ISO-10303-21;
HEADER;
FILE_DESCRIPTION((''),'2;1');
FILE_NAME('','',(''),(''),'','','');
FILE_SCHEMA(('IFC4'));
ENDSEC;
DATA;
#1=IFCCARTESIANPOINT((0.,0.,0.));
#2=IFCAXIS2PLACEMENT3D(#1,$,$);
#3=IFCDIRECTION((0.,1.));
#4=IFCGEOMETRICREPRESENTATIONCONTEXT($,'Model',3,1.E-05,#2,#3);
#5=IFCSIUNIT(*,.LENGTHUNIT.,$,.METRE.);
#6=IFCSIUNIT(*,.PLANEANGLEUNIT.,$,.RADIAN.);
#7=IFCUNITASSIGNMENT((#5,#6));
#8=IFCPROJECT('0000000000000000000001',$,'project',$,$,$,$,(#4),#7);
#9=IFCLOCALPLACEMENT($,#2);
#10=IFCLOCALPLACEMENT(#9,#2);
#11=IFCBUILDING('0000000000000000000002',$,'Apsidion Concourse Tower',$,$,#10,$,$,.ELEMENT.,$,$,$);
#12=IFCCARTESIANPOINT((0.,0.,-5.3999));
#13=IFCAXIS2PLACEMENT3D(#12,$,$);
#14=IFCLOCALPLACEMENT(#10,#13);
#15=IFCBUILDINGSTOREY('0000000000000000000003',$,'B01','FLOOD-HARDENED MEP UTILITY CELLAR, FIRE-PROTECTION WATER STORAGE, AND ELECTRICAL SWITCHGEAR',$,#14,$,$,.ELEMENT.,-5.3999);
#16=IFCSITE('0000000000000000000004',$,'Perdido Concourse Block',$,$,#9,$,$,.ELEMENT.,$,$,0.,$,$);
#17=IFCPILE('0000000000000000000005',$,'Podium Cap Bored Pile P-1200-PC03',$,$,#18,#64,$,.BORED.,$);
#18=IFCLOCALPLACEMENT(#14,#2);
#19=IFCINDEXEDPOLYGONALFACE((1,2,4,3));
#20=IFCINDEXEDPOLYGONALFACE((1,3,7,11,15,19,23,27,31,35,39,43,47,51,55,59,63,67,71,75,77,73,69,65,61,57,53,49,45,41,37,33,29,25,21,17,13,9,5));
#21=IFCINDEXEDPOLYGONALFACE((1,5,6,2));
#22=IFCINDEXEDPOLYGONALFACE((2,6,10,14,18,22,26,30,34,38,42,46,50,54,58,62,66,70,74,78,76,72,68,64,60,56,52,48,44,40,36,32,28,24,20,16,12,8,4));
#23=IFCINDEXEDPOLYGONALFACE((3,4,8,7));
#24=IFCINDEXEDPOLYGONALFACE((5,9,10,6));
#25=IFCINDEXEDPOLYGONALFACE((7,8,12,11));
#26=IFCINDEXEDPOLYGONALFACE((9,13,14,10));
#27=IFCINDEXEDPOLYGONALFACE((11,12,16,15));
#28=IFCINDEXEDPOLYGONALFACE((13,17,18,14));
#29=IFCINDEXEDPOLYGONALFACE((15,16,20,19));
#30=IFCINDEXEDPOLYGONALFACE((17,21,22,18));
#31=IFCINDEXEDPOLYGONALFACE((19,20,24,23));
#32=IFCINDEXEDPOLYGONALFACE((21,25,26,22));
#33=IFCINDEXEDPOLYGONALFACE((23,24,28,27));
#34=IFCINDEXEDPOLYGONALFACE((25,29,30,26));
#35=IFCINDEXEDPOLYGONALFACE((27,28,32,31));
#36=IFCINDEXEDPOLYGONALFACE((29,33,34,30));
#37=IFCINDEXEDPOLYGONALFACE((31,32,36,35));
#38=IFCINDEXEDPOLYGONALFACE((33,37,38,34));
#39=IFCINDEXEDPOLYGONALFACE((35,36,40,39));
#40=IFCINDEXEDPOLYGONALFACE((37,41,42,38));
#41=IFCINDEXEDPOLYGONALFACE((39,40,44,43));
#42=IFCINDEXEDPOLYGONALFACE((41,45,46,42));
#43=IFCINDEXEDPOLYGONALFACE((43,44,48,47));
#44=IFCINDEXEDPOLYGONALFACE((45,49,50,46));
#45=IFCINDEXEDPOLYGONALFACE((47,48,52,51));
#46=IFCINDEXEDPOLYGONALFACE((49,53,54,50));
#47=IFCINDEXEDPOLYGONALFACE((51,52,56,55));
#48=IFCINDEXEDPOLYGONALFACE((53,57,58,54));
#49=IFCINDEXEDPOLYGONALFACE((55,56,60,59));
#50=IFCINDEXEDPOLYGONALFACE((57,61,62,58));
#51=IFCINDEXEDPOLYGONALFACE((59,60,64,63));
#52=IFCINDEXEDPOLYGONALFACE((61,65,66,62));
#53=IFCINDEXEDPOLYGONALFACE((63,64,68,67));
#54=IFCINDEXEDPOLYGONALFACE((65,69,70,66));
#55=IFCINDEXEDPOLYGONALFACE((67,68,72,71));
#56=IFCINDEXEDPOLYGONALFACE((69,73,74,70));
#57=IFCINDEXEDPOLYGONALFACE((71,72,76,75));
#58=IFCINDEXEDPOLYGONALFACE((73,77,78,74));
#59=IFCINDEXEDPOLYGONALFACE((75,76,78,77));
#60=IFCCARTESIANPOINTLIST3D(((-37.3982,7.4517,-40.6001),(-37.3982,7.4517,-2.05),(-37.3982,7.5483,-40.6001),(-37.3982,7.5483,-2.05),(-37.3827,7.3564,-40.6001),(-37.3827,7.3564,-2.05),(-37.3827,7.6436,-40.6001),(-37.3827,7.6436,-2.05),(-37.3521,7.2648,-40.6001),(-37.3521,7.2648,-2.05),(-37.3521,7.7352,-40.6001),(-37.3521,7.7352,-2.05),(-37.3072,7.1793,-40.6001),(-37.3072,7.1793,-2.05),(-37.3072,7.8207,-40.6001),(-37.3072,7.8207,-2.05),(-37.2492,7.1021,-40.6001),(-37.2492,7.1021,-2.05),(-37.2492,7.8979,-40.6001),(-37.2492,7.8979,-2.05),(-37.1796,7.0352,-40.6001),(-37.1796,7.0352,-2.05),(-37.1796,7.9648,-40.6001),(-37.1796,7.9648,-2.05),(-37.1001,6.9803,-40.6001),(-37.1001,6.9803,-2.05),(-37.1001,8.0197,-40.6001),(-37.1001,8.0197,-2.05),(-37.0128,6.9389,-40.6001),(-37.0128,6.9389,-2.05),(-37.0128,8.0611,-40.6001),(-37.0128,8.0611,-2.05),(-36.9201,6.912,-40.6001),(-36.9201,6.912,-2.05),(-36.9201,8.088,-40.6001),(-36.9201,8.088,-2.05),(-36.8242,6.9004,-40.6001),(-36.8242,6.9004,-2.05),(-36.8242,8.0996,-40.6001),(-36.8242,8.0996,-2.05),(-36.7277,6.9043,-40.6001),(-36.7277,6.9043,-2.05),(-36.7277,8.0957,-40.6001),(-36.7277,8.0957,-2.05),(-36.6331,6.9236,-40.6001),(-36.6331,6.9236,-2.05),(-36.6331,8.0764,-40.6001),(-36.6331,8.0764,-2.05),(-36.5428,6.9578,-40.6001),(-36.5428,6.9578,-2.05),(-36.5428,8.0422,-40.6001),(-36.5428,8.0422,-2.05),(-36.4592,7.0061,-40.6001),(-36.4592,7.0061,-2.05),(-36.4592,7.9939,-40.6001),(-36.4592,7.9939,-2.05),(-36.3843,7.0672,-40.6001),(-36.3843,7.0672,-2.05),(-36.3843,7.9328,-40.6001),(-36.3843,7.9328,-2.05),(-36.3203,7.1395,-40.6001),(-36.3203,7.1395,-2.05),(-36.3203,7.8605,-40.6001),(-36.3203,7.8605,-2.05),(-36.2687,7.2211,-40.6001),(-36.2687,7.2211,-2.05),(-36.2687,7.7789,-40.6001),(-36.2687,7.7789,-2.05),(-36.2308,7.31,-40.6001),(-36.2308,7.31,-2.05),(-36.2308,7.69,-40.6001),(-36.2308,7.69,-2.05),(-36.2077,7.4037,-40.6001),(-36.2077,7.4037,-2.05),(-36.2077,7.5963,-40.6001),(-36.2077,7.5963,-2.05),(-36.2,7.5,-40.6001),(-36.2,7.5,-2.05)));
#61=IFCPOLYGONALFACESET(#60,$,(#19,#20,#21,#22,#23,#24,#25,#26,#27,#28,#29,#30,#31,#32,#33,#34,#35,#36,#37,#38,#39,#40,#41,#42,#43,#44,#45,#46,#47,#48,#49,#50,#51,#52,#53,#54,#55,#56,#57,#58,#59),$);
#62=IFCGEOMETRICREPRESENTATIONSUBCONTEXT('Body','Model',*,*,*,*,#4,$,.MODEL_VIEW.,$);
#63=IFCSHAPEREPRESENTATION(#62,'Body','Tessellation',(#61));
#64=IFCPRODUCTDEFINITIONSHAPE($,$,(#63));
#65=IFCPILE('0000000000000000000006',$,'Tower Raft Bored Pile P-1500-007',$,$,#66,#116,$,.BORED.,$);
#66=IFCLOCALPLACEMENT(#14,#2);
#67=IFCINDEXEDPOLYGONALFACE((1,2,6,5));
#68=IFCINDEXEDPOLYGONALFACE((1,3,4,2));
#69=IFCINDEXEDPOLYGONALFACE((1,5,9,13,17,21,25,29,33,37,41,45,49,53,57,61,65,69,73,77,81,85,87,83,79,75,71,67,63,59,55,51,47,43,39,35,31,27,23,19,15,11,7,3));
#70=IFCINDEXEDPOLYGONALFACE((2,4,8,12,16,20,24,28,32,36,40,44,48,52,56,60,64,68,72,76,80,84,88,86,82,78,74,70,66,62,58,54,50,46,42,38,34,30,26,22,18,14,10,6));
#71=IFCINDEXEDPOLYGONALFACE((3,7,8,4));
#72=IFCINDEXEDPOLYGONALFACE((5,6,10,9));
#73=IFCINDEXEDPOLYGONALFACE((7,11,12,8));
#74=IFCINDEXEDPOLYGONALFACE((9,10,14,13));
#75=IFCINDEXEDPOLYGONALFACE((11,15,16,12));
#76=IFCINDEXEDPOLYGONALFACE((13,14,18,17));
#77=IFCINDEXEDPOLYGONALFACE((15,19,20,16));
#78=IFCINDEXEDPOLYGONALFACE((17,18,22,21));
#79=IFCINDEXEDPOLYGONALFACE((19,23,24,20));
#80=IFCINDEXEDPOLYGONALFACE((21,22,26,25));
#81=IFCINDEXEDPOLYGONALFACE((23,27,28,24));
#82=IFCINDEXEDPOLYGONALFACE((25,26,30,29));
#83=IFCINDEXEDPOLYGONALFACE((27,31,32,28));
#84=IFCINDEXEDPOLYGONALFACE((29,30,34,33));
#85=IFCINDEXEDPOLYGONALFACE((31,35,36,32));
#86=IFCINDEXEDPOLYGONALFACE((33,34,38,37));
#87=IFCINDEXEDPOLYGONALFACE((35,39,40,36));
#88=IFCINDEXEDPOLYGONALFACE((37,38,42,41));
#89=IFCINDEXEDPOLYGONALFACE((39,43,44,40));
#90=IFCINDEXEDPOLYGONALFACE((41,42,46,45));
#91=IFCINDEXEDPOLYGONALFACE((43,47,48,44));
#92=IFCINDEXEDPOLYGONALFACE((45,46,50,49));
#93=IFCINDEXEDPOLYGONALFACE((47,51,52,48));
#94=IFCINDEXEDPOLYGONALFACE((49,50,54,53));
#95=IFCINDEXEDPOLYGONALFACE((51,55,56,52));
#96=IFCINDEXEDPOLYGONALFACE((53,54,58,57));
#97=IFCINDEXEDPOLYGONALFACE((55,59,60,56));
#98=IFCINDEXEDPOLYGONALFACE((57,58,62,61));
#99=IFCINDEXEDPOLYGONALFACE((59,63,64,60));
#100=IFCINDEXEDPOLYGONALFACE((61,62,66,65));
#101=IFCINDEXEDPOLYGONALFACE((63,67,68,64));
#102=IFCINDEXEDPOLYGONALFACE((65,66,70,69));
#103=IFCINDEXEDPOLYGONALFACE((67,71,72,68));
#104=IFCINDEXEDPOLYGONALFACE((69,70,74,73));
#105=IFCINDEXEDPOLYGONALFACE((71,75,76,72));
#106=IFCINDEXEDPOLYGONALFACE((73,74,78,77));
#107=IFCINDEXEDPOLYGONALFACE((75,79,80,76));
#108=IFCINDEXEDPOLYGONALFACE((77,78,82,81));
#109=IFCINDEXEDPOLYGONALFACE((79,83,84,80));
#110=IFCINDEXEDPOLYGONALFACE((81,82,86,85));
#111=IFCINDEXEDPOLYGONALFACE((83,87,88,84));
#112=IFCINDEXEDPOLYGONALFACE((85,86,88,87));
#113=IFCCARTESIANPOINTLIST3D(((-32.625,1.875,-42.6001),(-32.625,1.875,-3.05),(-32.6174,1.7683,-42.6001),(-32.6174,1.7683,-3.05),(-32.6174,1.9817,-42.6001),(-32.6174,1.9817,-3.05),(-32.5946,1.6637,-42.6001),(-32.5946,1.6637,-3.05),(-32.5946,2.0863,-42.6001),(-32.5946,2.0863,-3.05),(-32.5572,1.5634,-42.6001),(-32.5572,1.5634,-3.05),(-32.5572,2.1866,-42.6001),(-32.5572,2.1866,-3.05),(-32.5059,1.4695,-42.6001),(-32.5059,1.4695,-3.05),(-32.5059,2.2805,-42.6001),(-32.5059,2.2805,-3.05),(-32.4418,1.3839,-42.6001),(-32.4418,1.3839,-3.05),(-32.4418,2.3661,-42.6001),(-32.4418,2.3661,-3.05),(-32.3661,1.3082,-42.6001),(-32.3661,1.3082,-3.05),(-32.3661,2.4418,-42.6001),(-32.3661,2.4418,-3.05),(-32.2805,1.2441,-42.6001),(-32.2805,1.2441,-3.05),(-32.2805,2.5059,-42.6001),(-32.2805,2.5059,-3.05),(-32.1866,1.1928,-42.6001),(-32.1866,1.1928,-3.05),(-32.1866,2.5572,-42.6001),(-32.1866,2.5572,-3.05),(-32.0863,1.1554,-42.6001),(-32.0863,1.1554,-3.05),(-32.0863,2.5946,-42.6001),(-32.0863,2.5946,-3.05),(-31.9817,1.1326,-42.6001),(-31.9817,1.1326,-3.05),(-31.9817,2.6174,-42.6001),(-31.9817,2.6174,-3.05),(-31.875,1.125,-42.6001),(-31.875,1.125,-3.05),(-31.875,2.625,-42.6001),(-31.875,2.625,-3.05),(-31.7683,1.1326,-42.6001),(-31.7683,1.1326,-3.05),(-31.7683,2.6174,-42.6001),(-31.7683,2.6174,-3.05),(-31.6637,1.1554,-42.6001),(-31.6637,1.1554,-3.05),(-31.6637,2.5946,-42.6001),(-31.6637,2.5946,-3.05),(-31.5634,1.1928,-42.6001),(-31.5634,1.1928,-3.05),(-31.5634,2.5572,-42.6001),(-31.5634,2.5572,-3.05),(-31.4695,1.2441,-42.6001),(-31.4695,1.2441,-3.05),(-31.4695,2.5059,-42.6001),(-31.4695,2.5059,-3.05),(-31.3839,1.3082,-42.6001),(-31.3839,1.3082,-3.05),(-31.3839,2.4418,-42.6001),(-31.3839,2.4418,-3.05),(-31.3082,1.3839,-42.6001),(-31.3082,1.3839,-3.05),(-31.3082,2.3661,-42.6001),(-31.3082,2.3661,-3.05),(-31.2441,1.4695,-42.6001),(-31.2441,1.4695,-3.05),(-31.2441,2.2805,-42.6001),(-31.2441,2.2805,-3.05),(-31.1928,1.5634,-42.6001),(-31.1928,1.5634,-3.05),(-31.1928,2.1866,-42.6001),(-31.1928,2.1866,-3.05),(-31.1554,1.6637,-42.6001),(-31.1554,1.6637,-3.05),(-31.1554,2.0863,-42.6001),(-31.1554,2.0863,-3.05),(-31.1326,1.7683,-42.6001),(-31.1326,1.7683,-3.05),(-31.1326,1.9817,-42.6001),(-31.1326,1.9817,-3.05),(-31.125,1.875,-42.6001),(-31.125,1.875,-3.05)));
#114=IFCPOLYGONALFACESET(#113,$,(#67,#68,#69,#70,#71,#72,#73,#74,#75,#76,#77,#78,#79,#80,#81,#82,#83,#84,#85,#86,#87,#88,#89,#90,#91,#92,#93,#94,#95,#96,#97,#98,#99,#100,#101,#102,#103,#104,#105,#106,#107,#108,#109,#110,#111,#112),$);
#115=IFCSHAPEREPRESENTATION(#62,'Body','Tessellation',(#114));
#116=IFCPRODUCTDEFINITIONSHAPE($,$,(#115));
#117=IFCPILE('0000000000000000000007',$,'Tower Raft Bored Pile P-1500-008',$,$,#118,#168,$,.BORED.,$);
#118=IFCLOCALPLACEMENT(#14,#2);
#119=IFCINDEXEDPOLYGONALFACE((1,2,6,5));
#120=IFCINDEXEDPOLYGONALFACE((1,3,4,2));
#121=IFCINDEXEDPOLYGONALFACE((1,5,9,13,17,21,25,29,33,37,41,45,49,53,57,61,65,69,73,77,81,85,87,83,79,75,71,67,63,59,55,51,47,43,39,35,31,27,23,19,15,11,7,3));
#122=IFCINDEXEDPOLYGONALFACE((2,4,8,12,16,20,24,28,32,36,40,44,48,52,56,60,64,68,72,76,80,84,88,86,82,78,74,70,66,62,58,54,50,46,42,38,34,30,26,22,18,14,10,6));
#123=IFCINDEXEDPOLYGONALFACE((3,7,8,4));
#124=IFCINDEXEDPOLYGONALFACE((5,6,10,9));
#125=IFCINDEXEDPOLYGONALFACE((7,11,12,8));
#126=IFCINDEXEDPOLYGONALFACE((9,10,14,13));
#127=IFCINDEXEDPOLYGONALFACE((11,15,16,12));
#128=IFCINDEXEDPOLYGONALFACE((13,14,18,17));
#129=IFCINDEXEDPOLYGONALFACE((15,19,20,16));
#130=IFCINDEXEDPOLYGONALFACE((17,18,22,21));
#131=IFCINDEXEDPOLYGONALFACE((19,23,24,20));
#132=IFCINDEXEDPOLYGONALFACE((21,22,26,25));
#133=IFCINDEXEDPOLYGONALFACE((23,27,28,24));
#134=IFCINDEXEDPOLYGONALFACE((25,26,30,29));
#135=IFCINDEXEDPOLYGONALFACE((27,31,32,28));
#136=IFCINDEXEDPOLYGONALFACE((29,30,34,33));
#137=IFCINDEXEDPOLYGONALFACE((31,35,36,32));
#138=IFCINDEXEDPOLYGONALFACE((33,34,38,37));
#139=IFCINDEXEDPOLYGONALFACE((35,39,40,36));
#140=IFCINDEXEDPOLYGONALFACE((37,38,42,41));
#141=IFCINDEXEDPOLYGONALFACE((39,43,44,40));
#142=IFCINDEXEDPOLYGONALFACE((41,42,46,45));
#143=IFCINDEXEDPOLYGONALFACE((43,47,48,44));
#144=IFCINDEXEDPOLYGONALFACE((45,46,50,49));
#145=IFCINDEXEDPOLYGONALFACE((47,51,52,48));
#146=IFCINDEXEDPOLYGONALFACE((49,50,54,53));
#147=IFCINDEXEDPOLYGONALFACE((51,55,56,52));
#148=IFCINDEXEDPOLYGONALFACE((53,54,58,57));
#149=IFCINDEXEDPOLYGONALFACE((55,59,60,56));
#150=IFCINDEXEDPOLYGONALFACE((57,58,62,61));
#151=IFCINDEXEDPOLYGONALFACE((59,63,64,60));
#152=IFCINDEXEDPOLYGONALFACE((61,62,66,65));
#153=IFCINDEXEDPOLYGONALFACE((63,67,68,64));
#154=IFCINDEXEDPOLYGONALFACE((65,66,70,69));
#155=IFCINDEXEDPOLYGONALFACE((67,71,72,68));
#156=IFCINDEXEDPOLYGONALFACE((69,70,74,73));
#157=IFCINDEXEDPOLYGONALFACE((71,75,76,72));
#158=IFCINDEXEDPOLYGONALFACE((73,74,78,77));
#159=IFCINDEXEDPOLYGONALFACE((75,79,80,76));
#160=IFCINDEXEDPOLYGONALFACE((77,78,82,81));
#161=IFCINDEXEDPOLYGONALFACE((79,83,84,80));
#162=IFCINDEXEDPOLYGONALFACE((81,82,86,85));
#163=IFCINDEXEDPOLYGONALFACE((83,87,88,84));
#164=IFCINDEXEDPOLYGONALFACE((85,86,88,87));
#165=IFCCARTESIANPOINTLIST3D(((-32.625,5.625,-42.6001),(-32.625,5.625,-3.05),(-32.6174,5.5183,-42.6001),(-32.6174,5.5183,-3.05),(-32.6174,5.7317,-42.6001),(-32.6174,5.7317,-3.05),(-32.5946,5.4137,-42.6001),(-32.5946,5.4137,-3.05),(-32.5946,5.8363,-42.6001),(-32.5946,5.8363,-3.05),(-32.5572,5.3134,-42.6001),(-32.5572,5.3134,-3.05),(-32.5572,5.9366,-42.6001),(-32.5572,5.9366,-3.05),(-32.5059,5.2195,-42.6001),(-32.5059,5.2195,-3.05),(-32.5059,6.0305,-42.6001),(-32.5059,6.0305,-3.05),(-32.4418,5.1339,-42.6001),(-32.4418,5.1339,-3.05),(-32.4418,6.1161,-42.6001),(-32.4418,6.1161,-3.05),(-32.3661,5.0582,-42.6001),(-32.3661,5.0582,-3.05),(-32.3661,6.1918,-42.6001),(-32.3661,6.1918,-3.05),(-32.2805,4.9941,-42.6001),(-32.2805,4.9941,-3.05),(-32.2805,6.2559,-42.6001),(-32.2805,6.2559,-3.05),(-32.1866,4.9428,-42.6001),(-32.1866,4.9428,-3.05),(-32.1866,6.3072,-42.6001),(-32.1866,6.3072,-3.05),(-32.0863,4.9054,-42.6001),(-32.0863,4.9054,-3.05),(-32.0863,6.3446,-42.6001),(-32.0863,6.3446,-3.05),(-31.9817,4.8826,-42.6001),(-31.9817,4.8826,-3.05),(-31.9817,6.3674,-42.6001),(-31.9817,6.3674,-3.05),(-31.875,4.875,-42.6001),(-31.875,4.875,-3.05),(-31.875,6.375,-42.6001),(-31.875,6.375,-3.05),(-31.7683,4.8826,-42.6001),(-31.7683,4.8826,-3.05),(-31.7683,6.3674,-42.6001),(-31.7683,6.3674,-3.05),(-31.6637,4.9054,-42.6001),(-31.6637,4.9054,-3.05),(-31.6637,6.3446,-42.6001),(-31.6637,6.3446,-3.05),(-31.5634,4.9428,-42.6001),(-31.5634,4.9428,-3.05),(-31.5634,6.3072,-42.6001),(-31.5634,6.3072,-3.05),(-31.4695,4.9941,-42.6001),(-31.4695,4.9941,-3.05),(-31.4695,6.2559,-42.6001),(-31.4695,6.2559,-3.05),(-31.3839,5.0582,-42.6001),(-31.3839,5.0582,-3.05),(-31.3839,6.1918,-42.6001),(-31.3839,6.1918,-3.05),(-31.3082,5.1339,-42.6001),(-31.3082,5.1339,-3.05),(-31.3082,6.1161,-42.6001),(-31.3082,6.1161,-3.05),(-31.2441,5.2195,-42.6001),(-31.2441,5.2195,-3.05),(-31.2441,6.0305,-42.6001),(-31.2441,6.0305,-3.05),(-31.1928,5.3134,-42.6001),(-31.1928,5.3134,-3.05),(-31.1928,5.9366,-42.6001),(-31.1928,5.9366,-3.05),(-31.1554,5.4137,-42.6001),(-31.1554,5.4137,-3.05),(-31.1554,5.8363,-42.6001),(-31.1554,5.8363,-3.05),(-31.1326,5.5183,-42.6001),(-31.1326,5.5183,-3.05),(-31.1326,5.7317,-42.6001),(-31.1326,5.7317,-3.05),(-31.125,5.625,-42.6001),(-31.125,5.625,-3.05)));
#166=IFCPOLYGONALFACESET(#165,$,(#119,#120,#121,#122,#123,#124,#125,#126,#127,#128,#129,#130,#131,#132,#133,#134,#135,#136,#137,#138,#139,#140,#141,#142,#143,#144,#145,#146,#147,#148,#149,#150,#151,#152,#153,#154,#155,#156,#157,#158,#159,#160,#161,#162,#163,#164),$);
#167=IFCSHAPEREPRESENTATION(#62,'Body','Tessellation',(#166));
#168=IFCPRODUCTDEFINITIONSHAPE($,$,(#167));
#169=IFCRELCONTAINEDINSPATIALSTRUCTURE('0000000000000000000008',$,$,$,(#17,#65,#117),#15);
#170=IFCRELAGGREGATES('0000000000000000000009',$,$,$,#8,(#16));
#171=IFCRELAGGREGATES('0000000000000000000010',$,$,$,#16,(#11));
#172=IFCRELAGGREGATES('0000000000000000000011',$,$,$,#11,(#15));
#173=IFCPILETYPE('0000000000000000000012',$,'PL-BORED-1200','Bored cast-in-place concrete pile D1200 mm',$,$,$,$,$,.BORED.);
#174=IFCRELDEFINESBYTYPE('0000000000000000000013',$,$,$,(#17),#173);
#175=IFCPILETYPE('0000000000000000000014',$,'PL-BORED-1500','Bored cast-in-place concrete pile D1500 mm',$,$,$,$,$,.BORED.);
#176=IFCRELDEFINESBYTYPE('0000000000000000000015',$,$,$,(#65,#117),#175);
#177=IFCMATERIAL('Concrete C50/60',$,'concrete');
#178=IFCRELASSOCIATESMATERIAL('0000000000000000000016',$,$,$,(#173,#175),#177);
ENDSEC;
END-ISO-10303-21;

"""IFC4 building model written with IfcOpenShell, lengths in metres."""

from ifc_helpers import new_model, si_unit, direction, frame, origin, origin_2d, place, context, subcontext, project, spatial, circle, extrude, material, material_profile, profile_set, type_object, element, save


model = new_model("IFC4")

# Units and contexts
model_context = context("Model", 3, precision=1e-05, world=origin(), true_north=direction((0.0, 1.0)))
body_context = subcontext(model_context, "Body", "Model", "MODEL_VIEW")
ifc_project = project(units=[si_unit("LENGTHUNIT", "METRE"), si_unit("PLANEANGLEUNIT", "RADIAN")], contexts=[model_context])

# Site, building, storey
site_placement = place(None, origin())
site = spatial("IfcSite", under=ifc_project, at=site_placement, Name="Perdido Concourse Block", CompositionType="ELEMENT", RefElevation=0.0)
building_placement = place(site_placement, origin())
building = spatial("IfcBuilding", under=site, at=building_placement, Name="Apsidion Concourse Tower", CompositionType="ELEMENT")
storey_placement = place(building_placement, frame((0.0, 0.0, -5.3999)))
storey = spatial("IfcBuildingStorey", under=building, at=storey_placement, Name="B01", Description="FLOOD-HARDENED MEP UTILITY CELLAR, FIRE-PROTECTION WATER STORAGE, AND ELECTRICAL SWITCHGEAR", CompositionType="ELEMENT", Elevation=-5.3999)

# Shared definitions
ifc_material_1 = material(Name="Concrete C50/60", Category="concrete")

# Piles
ifc_material_profile_1 = material_profile(ifc_material_1, circle(Radius=0.6001, at=origin_2d()), Name="BORED PILE D1200")
ifc_profile_set_1 = profile_set([ifc_material_profile_1], Name="Concrete C50/60")
pile_type_1 = type_object("IfcPileType", Name="PL-BORED-1200", Description="Bored cast-in-place concrete pile D1200 mm", PredefinedType="BORED", material=ifc_profile_set_1)
for number, where, z_axis, x_axis, name in (
    (1, (-36.8, 7.5, -2.05), (0.0, 0.0, -1.0), (1.0, 0.0, 0.0), "Podium Cap Bored Pile P-1200-PC03"),
):
    element("IfcPile", number, at=place(storey_placement, frame(where, z_axis=z_axis, x_axis=x_axis)), inside=storey, type_object=pile_type_1, Name=name, PredefinedType="BORED", context=body_context, shape_type="SweptSolid", body=[
        extrude(circle(Radius=0.6001, at=origin_2d()), origin(), (0.0, 0.0, 1.0), 38.55),
    ])
ifc_material_profile_2 = material_profile(ifc_material_1, circle(Radius=0.75, at=origin_2d()), Name="BORED PILE D1500")
ifc_profile_set_2 = profile_set([ifc_material_profile_2], Name="Concrete C50/60")
pile_type_2 = type_object("IfcPileType", Name="PL-BORED-1500", Description="Bored cast-in-place concrete pile D1500 mm", PredefinedType="BORED", material=ifc_profile_set_2)
for number, where, z_axis, x_axis, name in (
    (2, (-31.875, 1.875, -3.05), (0.0, 0.0, -1.0), (1.0, 0.0, 0.0), "Tower Raft Bored Pile P-1500-007"),
    (3, (-31.875, 5.625, -3.05), (0.0, 0.0, -1.0), (1.0, 0.0, 0.0), "Tower Raft Bored Pile P-1500-008"),
):
    element("IfcPile", number, at=place(storey_placement, frame(where, z_axis=z_axis, x_axis=x_axis)), inside=storey, type_object=pile_type_2, Name=name, PredefinedType="BORED", context=body_context, shape_type="SweptSolid", body=[
        extrude(circle(Radius=0.75, at=origin_2d()), origin(), (0.0, 0.0, 1.0), 39.55),
    ])

save(model, "model.ifc")
